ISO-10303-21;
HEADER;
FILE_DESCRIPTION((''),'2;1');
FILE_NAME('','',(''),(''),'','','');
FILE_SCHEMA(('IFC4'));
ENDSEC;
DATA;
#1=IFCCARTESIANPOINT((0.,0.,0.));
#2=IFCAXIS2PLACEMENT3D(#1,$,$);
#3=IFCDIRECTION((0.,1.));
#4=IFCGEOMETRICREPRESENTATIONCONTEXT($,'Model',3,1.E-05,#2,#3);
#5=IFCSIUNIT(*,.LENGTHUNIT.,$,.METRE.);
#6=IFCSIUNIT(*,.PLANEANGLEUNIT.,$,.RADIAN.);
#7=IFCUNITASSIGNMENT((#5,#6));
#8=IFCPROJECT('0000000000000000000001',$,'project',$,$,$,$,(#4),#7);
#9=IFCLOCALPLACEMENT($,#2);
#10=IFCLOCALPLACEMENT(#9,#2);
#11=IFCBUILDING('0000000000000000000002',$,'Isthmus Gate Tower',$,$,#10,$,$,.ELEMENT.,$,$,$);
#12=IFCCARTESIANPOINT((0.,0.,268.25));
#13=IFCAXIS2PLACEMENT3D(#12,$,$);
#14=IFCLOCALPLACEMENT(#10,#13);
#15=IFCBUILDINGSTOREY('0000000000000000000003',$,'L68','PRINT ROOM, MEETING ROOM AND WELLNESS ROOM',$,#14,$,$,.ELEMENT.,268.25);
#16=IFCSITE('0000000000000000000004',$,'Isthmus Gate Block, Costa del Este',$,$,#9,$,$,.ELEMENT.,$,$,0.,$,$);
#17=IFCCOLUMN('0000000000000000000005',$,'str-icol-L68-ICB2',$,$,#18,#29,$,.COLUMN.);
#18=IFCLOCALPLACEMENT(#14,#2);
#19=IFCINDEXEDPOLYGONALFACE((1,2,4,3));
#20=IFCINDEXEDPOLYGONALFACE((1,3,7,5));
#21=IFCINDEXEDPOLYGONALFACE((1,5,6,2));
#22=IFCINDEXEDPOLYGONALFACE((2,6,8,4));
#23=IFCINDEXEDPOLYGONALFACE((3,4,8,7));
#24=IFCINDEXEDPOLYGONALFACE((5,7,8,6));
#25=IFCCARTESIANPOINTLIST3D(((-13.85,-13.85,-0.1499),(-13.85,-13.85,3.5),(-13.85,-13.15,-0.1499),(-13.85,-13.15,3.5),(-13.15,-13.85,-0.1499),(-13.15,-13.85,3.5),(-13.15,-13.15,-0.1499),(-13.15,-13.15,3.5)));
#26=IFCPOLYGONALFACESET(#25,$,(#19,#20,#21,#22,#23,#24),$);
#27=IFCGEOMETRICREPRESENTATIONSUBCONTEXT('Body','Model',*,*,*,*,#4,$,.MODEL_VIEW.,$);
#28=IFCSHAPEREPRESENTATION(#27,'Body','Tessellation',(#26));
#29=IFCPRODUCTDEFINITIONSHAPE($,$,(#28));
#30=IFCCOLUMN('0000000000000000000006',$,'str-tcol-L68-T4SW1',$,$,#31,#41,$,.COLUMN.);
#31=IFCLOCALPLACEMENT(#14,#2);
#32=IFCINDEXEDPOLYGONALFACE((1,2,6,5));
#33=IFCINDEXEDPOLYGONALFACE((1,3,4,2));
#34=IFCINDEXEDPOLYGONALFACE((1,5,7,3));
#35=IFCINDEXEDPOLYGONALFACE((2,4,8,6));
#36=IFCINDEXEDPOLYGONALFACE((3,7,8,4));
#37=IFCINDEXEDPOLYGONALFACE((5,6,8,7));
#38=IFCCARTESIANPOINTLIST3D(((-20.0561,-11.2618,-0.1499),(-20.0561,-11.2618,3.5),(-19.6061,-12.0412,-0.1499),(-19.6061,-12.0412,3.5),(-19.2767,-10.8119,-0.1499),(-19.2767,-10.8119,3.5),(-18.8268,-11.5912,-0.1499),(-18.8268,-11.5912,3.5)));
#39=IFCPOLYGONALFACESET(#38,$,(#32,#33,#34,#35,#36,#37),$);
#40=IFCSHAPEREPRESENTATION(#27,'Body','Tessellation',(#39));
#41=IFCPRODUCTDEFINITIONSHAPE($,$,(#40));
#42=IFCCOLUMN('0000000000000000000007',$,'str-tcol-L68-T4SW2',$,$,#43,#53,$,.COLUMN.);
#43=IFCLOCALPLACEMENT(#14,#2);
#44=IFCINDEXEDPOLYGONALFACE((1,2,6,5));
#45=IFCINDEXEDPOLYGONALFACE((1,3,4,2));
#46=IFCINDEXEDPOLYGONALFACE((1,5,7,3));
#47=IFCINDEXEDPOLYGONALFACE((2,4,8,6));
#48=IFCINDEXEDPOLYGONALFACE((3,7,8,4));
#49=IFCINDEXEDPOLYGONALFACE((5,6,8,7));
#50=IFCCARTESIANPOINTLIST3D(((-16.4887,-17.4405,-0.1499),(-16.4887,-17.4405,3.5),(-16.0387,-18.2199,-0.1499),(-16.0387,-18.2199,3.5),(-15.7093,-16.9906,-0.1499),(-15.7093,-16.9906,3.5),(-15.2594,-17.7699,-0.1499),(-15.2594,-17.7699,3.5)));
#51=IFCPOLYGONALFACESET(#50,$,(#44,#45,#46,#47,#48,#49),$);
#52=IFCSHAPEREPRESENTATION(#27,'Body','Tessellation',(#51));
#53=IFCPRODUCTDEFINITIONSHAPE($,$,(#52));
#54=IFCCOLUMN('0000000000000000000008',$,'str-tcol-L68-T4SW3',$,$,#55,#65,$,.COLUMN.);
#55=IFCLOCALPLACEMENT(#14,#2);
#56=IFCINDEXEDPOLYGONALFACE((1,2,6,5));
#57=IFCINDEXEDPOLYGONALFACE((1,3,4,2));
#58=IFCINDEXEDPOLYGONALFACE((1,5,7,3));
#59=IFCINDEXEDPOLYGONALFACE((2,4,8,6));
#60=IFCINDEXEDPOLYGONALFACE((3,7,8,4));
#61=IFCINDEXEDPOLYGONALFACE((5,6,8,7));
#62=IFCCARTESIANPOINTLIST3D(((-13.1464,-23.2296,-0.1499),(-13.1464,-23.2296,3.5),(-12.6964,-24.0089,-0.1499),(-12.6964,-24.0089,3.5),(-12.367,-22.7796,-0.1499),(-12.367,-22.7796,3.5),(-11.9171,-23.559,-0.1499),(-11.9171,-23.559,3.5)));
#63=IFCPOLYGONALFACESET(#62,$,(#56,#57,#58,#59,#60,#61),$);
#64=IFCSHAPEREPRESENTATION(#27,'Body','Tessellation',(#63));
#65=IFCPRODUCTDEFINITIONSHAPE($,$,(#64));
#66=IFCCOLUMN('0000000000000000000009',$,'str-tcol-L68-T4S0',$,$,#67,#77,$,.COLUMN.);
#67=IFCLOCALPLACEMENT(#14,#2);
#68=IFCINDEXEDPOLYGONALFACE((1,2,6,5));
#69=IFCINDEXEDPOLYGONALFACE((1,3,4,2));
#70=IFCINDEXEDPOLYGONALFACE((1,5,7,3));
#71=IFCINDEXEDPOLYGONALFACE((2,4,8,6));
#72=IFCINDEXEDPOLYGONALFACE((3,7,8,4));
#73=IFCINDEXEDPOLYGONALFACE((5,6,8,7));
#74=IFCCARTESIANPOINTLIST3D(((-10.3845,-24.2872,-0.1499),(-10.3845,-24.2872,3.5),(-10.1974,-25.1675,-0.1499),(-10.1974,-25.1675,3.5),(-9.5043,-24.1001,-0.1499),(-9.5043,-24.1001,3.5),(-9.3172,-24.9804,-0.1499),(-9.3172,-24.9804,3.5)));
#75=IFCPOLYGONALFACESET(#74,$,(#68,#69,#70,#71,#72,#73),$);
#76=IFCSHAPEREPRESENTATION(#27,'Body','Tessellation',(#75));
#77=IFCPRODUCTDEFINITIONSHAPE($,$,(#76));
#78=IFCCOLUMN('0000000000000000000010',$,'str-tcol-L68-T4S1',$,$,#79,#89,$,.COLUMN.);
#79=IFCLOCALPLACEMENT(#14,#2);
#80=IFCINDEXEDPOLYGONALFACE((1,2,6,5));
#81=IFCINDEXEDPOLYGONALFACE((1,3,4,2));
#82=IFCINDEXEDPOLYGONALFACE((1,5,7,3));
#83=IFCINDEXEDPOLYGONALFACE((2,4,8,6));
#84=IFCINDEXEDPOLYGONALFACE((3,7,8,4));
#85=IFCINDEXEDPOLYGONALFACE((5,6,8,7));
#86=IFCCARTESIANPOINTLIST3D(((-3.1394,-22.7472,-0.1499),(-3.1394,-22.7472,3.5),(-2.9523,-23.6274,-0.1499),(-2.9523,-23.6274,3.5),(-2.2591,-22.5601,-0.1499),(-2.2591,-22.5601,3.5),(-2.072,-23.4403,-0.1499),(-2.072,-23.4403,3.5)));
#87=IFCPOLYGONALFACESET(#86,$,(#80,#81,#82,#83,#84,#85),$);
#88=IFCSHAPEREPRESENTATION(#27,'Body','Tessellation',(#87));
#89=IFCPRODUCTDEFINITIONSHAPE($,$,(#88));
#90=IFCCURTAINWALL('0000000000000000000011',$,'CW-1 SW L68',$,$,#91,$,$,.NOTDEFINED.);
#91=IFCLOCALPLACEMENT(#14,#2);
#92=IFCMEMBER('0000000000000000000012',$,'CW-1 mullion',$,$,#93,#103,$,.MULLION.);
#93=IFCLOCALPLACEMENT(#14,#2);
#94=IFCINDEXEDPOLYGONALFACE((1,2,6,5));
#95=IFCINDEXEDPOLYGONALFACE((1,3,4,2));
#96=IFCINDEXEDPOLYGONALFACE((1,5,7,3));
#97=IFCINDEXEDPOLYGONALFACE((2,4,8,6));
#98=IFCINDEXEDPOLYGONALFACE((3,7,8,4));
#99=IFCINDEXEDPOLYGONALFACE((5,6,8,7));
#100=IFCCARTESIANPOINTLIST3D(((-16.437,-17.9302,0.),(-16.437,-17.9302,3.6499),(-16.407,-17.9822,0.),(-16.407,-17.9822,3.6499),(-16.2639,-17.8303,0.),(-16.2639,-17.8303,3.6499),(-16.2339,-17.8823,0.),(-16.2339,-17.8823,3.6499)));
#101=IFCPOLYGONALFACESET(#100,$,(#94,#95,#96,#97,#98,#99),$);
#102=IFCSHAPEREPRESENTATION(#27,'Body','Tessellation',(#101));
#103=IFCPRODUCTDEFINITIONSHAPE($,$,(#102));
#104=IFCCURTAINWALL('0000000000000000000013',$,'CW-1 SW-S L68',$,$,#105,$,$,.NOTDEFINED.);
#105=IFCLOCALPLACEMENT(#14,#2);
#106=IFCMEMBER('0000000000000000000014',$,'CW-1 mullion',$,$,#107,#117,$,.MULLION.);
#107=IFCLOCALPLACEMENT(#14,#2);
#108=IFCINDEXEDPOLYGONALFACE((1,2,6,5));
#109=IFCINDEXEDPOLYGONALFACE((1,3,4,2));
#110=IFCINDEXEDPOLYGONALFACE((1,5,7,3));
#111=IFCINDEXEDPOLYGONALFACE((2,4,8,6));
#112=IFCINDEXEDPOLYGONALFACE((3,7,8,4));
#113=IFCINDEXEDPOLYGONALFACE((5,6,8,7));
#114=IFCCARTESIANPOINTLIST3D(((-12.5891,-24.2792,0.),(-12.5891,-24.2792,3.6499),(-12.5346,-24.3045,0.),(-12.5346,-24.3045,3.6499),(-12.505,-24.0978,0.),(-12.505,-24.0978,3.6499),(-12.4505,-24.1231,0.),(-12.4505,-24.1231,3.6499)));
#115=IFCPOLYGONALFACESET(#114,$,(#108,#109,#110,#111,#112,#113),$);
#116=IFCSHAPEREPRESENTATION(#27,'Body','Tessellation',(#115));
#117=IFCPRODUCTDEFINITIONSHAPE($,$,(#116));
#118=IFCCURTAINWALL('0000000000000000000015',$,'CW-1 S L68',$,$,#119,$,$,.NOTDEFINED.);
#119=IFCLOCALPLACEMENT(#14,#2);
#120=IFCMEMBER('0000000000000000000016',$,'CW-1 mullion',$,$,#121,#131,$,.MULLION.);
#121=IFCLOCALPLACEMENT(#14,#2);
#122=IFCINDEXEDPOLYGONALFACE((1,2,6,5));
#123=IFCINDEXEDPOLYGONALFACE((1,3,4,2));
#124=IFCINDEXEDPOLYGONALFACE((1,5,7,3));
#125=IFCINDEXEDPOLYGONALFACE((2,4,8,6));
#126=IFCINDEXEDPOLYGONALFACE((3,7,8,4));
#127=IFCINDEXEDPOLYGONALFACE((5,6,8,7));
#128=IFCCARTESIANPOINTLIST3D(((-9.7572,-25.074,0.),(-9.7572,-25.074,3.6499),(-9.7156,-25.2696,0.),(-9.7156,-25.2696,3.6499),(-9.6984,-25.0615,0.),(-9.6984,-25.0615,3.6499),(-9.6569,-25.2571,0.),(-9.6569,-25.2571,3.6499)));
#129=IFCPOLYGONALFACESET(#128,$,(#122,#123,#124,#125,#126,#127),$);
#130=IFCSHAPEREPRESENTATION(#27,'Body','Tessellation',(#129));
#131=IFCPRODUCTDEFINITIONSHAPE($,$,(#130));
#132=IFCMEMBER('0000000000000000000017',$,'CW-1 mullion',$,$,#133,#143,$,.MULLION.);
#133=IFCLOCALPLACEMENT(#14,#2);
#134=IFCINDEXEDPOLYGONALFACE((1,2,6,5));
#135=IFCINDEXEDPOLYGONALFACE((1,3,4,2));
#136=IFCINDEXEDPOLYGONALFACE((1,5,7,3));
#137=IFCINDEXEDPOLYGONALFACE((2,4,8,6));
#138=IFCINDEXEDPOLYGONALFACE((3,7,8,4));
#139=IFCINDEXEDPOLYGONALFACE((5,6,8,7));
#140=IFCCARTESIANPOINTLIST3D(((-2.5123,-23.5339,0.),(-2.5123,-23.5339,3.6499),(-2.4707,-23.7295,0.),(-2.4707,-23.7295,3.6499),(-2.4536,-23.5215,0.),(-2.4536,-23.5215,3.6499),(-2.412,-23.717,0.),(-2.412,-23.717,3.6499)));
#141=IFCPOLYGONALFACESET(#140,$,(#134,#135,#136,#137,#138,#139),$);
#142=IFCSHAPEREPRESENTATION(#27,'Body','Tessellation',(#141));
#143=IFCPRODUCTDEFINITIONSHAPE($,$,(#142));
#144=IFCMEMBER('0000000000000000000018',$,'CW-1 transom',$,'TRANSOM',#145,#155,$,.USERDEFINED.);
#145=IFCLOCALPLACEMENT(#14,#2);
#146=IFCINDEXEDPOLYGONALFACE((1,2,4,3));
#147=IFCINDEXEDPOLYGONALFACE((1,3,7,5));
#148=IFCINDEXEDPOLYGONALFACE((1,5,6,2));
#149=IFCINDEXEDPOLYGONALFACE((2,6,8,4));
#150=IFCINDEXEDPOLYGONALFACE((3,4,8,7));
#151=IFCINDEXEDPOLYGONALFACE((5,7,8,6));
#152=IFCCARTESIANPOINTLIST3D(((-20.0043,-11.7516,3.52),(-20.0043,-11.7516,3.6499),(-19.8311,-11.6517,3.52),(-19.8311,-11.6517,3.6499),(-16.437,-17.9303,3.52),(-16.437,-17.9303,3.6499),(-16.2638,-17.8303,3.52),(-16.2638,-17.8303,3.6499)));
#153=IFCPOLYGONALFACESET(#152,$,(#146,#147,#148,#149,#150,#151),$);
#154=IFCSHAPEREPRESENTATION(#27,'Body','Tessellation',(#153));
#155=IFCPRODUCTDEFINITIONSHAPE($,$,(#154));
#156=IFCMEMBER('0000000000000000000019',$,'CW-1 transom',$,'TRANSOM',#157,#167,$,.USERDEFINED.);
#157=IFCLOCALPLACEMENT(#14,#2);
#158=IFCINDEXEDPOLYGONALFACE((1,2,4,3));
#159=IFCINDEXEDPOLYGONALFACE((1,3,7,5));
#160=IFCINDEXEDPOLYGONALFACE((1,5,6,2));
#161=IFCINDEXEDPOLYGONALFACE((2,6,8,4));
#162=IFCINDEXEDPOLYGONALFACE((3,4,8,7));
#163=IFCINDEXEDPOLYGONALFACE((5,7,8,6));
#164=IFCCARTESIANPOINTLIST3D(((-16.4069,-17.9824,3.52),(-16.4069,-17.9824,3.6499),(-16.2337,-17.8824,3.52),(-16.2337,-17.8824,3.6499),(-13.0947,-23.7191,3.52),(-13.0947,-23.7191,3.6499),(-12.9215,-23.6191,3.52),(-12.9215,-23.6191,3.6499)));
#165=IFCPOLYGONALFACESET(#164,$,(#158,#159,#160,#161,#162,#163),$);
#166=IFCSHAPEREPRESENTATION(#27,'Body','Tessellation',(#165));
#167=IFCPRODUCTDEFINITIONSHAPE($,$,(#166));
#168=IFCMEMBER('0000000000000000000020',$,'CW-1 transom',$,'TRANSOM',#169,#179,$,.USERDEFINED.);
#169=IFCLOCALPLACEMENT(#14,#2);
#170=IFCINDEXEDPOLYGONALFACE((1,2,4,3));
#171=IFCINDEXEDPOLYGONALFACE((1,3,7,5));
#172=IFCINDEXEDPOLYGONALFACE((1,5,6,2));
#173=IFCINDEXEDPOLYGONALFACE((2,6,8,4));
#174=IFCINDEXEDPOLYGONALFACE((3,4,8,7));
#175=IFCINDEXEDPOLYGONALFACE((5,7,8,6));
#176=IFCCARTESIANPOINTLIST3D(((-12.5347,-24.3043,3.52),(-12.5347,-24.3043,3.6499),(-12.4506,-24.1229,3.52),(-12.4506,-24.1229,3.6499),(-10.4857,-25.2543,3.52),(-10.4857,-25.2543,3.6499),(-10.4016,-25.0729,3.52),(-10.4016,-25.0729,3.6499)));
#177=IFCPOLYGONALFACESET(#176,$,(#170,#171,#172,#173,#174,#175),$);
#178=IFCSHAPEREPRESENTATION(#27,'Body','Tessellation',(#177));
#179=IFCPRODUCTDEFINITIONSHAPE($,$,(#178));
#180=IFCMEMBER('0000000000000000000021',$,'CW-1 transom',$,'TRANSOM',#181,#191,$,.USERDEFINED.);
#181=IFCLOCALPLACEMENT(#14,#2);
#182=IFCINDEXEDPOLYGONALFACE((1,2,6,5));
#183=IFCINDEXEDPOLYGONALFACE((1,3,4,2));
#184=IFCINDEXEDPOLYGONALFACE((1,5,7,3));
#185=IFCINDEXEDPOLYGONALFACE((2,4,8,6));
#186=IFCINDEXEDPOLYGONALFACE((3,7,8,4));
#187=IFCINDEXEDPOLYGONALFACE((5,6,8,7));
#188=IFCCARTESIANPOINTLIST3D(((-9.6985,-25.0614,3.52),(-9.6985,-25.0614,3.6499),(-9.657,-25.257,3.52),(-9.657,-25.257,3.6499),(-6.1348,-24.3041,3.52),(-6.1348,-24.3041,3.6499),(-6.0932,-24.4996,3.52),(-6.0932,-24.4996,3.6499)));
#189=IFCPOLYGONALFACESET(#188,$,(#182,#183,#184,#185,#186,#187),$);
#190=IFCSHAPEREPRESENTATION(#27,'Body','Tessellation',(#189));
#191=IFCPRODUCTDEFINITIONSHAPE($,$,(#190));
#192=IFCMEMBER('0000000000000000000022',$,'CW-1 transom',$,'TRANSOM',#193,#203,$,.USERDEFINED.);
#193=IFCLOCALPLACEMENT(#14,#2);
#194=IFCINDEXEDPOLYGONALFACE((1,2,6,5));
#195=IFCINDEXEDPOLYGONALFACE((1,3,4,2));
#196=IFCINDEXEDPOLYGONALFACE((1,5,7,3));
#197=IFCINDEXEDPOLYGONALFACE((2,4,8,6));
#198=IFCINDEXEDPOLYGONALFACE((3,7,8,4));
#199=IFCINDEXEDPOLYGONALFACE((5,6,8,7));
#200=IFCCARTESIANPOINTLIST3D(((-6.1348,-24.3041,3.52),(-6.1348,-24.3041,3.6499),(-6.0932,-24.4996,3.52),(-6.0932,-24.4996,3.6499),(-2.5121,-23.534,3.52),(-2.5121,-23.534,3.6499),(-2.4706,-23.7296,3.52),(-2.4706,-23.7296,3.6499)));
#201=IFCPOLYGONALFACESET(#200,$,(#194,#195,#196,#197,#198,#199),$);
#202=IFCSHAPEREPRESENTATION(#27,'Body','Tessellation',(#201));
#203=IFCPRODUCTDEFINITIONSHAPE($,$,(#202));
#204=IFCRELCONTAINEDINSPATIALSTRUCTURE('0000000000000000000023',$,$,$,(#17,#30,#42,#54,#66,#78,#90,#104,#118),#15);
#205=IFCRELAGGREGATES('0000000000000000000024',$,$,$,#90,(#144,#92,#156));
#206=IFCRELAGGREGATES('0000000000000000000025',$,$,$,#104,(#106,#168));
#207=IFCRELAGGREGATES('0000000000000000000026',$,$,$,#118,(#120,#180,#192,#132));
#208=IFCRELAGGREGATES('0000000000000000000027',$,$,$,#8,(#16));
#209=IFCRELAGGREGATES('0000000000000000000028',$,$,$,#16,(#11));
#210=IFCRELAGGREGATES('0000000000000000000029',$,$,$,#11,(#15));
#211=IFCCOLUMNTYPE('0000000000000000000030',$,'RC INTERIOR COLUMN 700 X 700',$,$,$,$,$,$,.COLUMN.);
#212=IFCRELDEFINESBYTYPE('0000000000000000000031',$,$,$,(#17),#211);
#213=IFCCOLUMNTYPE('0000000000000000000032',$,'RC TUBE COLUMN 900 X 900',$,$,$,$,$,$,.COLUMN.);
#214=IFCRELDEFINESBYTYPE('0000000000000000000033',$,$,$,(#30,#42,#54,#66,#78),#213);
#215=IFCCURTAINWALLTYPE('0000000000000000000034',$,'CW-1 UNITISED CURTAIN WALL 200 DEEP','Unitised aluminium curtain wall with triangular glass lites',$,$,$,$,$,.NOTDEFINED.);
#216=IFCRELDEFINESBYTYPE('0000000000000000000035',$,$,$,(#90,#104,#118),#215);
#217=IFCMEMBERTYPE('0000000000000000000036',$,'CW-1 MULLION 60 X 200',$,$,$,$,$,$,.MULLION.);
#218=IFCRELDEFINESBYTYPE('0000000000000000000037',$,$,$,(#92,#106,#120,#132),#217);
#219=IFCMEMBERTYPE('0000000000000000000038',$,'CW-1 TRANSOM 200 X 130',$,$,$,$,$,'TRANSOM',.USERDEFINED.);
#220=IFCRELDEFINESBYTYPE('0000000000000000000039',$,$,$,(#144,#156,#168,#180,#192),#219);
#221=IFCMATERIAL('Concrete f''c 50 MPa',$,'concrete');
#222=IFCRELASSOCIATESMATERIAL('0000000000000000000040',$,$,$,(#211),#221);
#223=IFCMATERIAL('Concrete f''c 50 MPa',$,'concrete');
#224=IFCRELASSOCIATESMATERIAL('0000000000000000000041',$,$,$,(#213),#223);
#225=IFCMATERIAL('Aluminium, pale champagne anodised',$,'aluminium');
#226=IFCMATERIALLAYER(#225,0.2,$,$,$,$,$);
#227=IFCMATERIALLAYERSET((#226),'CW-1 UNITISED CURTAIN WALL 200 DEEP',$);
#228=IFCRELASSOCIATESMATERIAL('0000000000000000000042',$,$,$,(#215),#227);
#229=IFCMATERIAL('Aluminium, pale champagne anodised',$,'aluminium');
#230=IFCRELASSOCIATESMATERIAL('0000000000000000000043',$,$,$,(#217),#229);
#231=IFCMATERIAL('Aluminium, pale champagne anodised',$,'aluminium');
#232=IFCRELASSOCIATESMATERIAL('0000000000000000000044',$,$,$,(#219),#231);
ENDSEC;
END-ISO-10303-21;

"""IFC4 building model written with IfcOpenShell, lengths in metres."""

from ifc_helpers import new_model, si_unit, direction, frame, origin, origin_2d, place, context, subcontext, project, spatial, rectangle, extrude, material, layer, layer_set, material_profile, profile_set, type_object, element, aggregate, save


model = new_model("IFC4")

# Units and contexts
model_context = context("Model", 3, precision=1e-05, world=origin(), true_north=direction((0.0, 1.0)))
body_context = subcontext(model_context, "Body", "Model", "MODEL_VIEW")
ifc_project = project(units=[si_unit("LENGTHUNIT", "METRE"), si_unit("PLANEANGLEUNIT", "RADIAN")], contexts=[model_context])

# Site, building, storey
site_placement = place(None, origin())
site = spatial("IfcSite", under=ifc_project, at=site_placement, Name="Isthmus Gate Block, Costa del Este", CompositionType="ELEMENT", RefElevation=0.0)
building_placement = place(site_placement, origin())
building = spatial("IfcBuilding", under=site, at=building_placement, Name="Isthmus Gate Tower", CompositionType="ELEMENT")
storey_placement = place(building_placement, frame((0.0, 0.0, 268.25)))
storey = spatial("IfcBuildingStorey", under=building, at=storey_placement, Name="L68", Description="PRINT ROOM, MEETING ROOM AND WELLNESS ROOM", CompositionType="ELEMENT", Elevation=268.25)

# Columns
ifc_material_1 = material(Name="Concrete f'c 50 MPa", Category="concrete")
ifc_material_profile_1 = material_profile(ifc_material_1, rectangle(XDim=0.7, YDim=0.7, at=origin_2d()), Name="RC 700X700")
ifc_profile_set_1 = profile_set([ifc_material_profile_1], Name="Concrete f'c 50 MPa")
column_type_1 = type_object("IfcColumnType", Name="RC INTERIOR COLUMN 700 X 700", PredefinedType="COLUMN", material=ifc_profile_set_1)
column_placement = place(storey_placement, frame((-13.5, -13.5, -0.1499), z_axis=(0.0, 0.0, 1.0), x_axis=(1.0, 0.0, 0.0)))
element("IfcColumn", 1, at=column_placement, inside=storey, type_object=column_type_1, Name="str-icol-L68-ICB2", PredefinedType="COLUMN", context=body_context, shape_type="SweptSolid", body=[
    extrude(rectangle(XDim=0.7, YDim=0.7, at=origin_2d()), origin(), (0.0, 0.0, 1.0), 3.6499),
])
ifc_material_2 = material(Name="Concrete f'c 50 MPa", Category="concrete")
ifc_material_profile_2 = material_profile(ifc_material_2, rectangle(XDim=0.8999, YDim=0.8999, at=origin_2d()), Name="RC 900X900")
ifc_profile_set_2 = profile_set([ifc_material_profile_2], Name="Concrete f'c 50 MPa")
column_type_2 = type_object("IfcColumnType", Name="RC TUBE COLUMN 900 X 900", PredefinedType="COLUMN", material=ifc_profile_set_2)
for number, where, z_axis, x_axis, name in (
    (2, (-19.4414, -11.4265, -0.1499), (0.0, 0.0, 1.0), (0.5, -0.866025, 0.0), "str-tcol-L68-T4SW1"),
    (3, (-15.874, -17.6052, -0.1499), (0.0, 0.0, 1.0), (0.5, -0.866025, 0.0), "str-tcol-L68-T4SW2"),
    (4, (-12.5317, -23.3943, -0.1499), (0.0, 0.0, 1.0), (0.5, -0.866025, 0.0), "str-tcol-L68-T4SW3"),
    (5, (-9.8508, -24.6338, -0.1499), (0.0, 0.0, 1.0), (0.978148, 0.207912, 0.0), "str-tcol-L68-T4S0"),
    (6, (-2.6057, -23.0938, -0.1499), (0.0, 0.0, 1.0), (0.978148, 0.207912, 0.0), "str-tcol-L68-T4S1"),
):
    element("IfcColumn", number, at=place(storey_placement, frame(where, z_axis=z_axis, x_axis=x_axis)), inside=storey, type_object=column_type_2, Name=name, PredefinedType="COLUMN", context=body_context, shape_type="SweptSolid", body=[
        extrude(rectangle(XDim=0.8999, YDim=0.8999, at=origin_2d()), origin(), (0.0, 0.0, 1.0), 3.6499),
    ])

# Curtain walls, members
ifc_material_3 = material(Name="Aluminium, pale champagne anodised", Category="aluminium")
ifc_layer_1 = layer(ifc_material_3, 0.2)
ifc_layer_set_1 = layer_set([ifc_layer_1], Name="CW-1 UNITISED CURTAIN WALL 200 DEEP")
curtain_wall_type = type_object("IfcCurtainWallType", Name="CW-1 UNITISED CURTAIN WALL 200 DEEP", Description="Unitised aluminium curtain wall with triangular glass lites", PredefinedType="NOTDEFINED", material=ifc_layer_set_1)
curtain_wall_1_placement = place(storey_placement, origin())
curtain_wall_1 = element("IfcCurtainWall", 7, at=curtain_wall_1_placement, inside=storey, type_object=curtain_wall_type, Name="CW-1 SW L68", PredefinedType="NOTDEFINED")
ifc_material_4 = material(Name="Aluminium, pale champagne anodised", Category="aluminium")
ifc_material_profile_3 = material_profile(ifc_material_4, rectangle(XDim=0.0601, YDim=0.2, at=origin_2d()), Name="60x200")
ifc_profile_set_3 = profile_set([ifc_material_profile_3], Name="Aluminium, pale champagne anodised")
member_type_1 = type_object("IfcMemberType", Name="CW-1 MULLION 60 X 200", PredefinedType="MULLION", material=ifc_profile_set_3)
member_1_placement = place(storey_placement, frame((-16.3354, -17.9062, 0.0), z_axis=(0.0, 0.0, 1.0), x_axis=(0.5, -0.866025, 0.0)))
member_1 = element("IfcMember", 8, at=member_1_placement, type_object=member_type_1, Name="CW-1 mullion", PredefinedType="MULLION", context=body_context, shape_type="SweptSolid", body=[
    extrude(rectangle(XDim=0.0601, YDim=0.2, at=origin_2d()), origin(), (0.0, 0.0, 1.0), 3.6499),
])
curtain_wall_2_placement = place(storey_placement, origin())
curtain_wall_2 = element("IfcCurtainWall", 9, at=curtain_wall_2_placement, inside=storey, type_object=curtain_wall_type, Name="CW-1 SW-S L68", PredefinedType="NOTDEFINED")
member_2_placement = place(storey_placement, frame((-12.5198, -24.2012, 0.0), z_axis=(0.0, 0.0, 1.0), x_axis=(0.907256, -0.420578, 0.0)))
member_2 = element("IfcMember", 10, at=member_2_placement, type_object=member_type_1, Name="CW-1 mullion", PredefinedType="MULLION", context=body_context, shape_type="SweptSolid", body=[
    extrude(rectangle(XDim=0.0601, YDim=0.2, at=origin_2d()), origin(), (0.0, 0.0, 1.0), 3.6499),
])

# Curtain wall, members
curtain_wall_3_placement = place(storey_placement, origin())
curtain_wall_3 = element("IfcCurtainWall", 11, at=curtain_wall_3_placement, inside=storey, type_object=curtain_wall_type, Name="CW-1 S L68", PredefinedType="NOTDEFINED")
member_3_placement = place(storey_placement, frame((-9.707, -25.1655, 0.0), z_axis=(0.0, 0.0, 1.0), x_axis=(0.978148, 0.207912, 0.0)))
member_3 = element("IfcMember", 12, at=member_3_placement, type_object=member_type_1, Name="CW-1 mullion", PredefinedType="MULLION", context=body_context, shape_type="SweptSolid", body=[
    extrude(rectangle(XDim=0.0601, YDim=0.2, at=origin_2d()), origin(), (0.0, 0.0, 1.0), 3.6499),
])
member_4_placement = place(storey_placement, frame((-2.4622, -23.6255, 0.0), z_axis=(0.0, 0.0, 1.0), x_axis=(0.978148, 0.207912, 0.0)))
member_4 = element("IfcMember", 13, at=member_4_placement, type_object=member_type_1, Name="CW-1 mullion", PredefinedType="MULLION", context=body_context, shape_type="SweptSolid", body=[
    extrude(rectangle(XDim=0.0601, YDim=0.2, at=origin_2d()), origin(), (0.0, 0.0, 1.0), 3.6499),
])

# Members
ifc_material_5 = material(Name="Aluminium, pale champagne anodised", Category="aluminium")
ifc_material_profile_4 = material_profile(ifc_material_5, rectangle(XDim=0.2, YDim=0.1299, at=origin_2d()), Name="200x130")
ifc_profile_set_4 = profile_set([ifc_material_profile_4], Name="Aluminium, pale champagne anodised")
member_type_2 = type_object("IfcMemberType", Name="CW-1 TRANSOM 200 X 130", ElementType="TRANSOM", PredefinedType="USERDEFINED", material=ifc_profile_set_4)
member_5_placement = place(storey_placement, frame((-19.9177, -11.7017, 3.585), z_axis=(0.500011, -0.866019, 0.0), x_axis=(0.866019, 0.500011, 0.0)))
member_5 = element("IfcMember", 14, at=member_5_placement, type_object=member_type_2, Name="CW-1 transom", ObjectType="TRANSOM", PredefinedType="USERDEFINED", context=body_context, shape_type="SweptSolid", body=[
    extrude(rectangle(XDim=0.2, YDim=0.1299, at=origin_2d()), origin(), (0.0, 0.0, 1.0), 7.1345),
])
member_6_placement = place(storey_placement, frame((-16.3203, -17.9324, 3.585), z_axis=(0.500012, -0.866019, 0.0), x_axis=(0.866019, 0.500012, 0.0)))
member_6 = element("IfcMember", 15, at=member_6_placement, type_object=member_type_2, Name="CW-1 transom", ObjectType="TRANSOM", PredefinedType="USERDEFINED", context=body_context, shape_type="SweptSolid", body=[
    extrude(rectangle(XDim=0.2, YDim=0.1299, at=origin_2d()), origin(), (0.0, 0.0, 1.0), 6.6243),
])
member_7_placement = place(storey_placement, frame((-12.4927, -24.2136, 3.585), z_axis=(0.907246, -0.4206, 0.0), x_axis=(0.4206, 0.907246, 0.0)))
member_7 = element("IfcMember", 16, at=member_7_placement, type_object=member_type_2, Name="CW-1 transom", ObjectType="TRANSOM", PredefinedType="USERDEFINED", context=body_context, shape_type="SweptSolid", body=[
    extrude(rectangle(XDim=0.2, YDim=0.1299, at=origin_2d()), origin(), (0.0, 0.0, 1.0), 2.2585),
])
member_8_placement = place(storey_placement, frame((-9.6777, -25.1592, 3.585), z_axis=(0.978157, 0.207868, 0.0), x_axis=(-0.207868, 0.978157, 0.0)))
member_8 = element("IfcMember", 17, at=member_8_placement, type_object=member_type_2, Name="CW-1 transom", ObjectType="TRANSOM", PredefinedType="USERDEFINED", context=body_context, shape_type="SweptSolid", body=[
    extrude(rectangle(XDim=0.2, YDim=0.1299, at=origin_2d()), origin(), (0.0, 0.0, 1.0), 3.6433),
])
member_9_placement = place(storey_placement, frame((-6.114, -24.4019, 3.585), z_axis=(0.978146, 0.207917, 0.0), x_axis=(-0.207917, 0.978146, 0.0)))
member_9 = element("IfcMember", 18, at=member_9_placement, type_object=member_type_2, Name="CW-1 transom", ObjectType="TRANSOM", PredefinedType="USERDEFINED", context=body_context, shape_type="SweptSolid", body=[
    extrude(rectangle(XDim=0.2, YDim=0.1299, at=origin_2d()), origin(), (0.0, 0.0, 1.0), 3.7036),
])

aggregate(curtain_wall_1, [member_5, member_1, member_6])
aggregate(curtain_wall_2, [member_2, member_7])

aggregate(curtain_wall_3, [member_3, member_8, member_9, member_4])

save(model, "model.ifc")
